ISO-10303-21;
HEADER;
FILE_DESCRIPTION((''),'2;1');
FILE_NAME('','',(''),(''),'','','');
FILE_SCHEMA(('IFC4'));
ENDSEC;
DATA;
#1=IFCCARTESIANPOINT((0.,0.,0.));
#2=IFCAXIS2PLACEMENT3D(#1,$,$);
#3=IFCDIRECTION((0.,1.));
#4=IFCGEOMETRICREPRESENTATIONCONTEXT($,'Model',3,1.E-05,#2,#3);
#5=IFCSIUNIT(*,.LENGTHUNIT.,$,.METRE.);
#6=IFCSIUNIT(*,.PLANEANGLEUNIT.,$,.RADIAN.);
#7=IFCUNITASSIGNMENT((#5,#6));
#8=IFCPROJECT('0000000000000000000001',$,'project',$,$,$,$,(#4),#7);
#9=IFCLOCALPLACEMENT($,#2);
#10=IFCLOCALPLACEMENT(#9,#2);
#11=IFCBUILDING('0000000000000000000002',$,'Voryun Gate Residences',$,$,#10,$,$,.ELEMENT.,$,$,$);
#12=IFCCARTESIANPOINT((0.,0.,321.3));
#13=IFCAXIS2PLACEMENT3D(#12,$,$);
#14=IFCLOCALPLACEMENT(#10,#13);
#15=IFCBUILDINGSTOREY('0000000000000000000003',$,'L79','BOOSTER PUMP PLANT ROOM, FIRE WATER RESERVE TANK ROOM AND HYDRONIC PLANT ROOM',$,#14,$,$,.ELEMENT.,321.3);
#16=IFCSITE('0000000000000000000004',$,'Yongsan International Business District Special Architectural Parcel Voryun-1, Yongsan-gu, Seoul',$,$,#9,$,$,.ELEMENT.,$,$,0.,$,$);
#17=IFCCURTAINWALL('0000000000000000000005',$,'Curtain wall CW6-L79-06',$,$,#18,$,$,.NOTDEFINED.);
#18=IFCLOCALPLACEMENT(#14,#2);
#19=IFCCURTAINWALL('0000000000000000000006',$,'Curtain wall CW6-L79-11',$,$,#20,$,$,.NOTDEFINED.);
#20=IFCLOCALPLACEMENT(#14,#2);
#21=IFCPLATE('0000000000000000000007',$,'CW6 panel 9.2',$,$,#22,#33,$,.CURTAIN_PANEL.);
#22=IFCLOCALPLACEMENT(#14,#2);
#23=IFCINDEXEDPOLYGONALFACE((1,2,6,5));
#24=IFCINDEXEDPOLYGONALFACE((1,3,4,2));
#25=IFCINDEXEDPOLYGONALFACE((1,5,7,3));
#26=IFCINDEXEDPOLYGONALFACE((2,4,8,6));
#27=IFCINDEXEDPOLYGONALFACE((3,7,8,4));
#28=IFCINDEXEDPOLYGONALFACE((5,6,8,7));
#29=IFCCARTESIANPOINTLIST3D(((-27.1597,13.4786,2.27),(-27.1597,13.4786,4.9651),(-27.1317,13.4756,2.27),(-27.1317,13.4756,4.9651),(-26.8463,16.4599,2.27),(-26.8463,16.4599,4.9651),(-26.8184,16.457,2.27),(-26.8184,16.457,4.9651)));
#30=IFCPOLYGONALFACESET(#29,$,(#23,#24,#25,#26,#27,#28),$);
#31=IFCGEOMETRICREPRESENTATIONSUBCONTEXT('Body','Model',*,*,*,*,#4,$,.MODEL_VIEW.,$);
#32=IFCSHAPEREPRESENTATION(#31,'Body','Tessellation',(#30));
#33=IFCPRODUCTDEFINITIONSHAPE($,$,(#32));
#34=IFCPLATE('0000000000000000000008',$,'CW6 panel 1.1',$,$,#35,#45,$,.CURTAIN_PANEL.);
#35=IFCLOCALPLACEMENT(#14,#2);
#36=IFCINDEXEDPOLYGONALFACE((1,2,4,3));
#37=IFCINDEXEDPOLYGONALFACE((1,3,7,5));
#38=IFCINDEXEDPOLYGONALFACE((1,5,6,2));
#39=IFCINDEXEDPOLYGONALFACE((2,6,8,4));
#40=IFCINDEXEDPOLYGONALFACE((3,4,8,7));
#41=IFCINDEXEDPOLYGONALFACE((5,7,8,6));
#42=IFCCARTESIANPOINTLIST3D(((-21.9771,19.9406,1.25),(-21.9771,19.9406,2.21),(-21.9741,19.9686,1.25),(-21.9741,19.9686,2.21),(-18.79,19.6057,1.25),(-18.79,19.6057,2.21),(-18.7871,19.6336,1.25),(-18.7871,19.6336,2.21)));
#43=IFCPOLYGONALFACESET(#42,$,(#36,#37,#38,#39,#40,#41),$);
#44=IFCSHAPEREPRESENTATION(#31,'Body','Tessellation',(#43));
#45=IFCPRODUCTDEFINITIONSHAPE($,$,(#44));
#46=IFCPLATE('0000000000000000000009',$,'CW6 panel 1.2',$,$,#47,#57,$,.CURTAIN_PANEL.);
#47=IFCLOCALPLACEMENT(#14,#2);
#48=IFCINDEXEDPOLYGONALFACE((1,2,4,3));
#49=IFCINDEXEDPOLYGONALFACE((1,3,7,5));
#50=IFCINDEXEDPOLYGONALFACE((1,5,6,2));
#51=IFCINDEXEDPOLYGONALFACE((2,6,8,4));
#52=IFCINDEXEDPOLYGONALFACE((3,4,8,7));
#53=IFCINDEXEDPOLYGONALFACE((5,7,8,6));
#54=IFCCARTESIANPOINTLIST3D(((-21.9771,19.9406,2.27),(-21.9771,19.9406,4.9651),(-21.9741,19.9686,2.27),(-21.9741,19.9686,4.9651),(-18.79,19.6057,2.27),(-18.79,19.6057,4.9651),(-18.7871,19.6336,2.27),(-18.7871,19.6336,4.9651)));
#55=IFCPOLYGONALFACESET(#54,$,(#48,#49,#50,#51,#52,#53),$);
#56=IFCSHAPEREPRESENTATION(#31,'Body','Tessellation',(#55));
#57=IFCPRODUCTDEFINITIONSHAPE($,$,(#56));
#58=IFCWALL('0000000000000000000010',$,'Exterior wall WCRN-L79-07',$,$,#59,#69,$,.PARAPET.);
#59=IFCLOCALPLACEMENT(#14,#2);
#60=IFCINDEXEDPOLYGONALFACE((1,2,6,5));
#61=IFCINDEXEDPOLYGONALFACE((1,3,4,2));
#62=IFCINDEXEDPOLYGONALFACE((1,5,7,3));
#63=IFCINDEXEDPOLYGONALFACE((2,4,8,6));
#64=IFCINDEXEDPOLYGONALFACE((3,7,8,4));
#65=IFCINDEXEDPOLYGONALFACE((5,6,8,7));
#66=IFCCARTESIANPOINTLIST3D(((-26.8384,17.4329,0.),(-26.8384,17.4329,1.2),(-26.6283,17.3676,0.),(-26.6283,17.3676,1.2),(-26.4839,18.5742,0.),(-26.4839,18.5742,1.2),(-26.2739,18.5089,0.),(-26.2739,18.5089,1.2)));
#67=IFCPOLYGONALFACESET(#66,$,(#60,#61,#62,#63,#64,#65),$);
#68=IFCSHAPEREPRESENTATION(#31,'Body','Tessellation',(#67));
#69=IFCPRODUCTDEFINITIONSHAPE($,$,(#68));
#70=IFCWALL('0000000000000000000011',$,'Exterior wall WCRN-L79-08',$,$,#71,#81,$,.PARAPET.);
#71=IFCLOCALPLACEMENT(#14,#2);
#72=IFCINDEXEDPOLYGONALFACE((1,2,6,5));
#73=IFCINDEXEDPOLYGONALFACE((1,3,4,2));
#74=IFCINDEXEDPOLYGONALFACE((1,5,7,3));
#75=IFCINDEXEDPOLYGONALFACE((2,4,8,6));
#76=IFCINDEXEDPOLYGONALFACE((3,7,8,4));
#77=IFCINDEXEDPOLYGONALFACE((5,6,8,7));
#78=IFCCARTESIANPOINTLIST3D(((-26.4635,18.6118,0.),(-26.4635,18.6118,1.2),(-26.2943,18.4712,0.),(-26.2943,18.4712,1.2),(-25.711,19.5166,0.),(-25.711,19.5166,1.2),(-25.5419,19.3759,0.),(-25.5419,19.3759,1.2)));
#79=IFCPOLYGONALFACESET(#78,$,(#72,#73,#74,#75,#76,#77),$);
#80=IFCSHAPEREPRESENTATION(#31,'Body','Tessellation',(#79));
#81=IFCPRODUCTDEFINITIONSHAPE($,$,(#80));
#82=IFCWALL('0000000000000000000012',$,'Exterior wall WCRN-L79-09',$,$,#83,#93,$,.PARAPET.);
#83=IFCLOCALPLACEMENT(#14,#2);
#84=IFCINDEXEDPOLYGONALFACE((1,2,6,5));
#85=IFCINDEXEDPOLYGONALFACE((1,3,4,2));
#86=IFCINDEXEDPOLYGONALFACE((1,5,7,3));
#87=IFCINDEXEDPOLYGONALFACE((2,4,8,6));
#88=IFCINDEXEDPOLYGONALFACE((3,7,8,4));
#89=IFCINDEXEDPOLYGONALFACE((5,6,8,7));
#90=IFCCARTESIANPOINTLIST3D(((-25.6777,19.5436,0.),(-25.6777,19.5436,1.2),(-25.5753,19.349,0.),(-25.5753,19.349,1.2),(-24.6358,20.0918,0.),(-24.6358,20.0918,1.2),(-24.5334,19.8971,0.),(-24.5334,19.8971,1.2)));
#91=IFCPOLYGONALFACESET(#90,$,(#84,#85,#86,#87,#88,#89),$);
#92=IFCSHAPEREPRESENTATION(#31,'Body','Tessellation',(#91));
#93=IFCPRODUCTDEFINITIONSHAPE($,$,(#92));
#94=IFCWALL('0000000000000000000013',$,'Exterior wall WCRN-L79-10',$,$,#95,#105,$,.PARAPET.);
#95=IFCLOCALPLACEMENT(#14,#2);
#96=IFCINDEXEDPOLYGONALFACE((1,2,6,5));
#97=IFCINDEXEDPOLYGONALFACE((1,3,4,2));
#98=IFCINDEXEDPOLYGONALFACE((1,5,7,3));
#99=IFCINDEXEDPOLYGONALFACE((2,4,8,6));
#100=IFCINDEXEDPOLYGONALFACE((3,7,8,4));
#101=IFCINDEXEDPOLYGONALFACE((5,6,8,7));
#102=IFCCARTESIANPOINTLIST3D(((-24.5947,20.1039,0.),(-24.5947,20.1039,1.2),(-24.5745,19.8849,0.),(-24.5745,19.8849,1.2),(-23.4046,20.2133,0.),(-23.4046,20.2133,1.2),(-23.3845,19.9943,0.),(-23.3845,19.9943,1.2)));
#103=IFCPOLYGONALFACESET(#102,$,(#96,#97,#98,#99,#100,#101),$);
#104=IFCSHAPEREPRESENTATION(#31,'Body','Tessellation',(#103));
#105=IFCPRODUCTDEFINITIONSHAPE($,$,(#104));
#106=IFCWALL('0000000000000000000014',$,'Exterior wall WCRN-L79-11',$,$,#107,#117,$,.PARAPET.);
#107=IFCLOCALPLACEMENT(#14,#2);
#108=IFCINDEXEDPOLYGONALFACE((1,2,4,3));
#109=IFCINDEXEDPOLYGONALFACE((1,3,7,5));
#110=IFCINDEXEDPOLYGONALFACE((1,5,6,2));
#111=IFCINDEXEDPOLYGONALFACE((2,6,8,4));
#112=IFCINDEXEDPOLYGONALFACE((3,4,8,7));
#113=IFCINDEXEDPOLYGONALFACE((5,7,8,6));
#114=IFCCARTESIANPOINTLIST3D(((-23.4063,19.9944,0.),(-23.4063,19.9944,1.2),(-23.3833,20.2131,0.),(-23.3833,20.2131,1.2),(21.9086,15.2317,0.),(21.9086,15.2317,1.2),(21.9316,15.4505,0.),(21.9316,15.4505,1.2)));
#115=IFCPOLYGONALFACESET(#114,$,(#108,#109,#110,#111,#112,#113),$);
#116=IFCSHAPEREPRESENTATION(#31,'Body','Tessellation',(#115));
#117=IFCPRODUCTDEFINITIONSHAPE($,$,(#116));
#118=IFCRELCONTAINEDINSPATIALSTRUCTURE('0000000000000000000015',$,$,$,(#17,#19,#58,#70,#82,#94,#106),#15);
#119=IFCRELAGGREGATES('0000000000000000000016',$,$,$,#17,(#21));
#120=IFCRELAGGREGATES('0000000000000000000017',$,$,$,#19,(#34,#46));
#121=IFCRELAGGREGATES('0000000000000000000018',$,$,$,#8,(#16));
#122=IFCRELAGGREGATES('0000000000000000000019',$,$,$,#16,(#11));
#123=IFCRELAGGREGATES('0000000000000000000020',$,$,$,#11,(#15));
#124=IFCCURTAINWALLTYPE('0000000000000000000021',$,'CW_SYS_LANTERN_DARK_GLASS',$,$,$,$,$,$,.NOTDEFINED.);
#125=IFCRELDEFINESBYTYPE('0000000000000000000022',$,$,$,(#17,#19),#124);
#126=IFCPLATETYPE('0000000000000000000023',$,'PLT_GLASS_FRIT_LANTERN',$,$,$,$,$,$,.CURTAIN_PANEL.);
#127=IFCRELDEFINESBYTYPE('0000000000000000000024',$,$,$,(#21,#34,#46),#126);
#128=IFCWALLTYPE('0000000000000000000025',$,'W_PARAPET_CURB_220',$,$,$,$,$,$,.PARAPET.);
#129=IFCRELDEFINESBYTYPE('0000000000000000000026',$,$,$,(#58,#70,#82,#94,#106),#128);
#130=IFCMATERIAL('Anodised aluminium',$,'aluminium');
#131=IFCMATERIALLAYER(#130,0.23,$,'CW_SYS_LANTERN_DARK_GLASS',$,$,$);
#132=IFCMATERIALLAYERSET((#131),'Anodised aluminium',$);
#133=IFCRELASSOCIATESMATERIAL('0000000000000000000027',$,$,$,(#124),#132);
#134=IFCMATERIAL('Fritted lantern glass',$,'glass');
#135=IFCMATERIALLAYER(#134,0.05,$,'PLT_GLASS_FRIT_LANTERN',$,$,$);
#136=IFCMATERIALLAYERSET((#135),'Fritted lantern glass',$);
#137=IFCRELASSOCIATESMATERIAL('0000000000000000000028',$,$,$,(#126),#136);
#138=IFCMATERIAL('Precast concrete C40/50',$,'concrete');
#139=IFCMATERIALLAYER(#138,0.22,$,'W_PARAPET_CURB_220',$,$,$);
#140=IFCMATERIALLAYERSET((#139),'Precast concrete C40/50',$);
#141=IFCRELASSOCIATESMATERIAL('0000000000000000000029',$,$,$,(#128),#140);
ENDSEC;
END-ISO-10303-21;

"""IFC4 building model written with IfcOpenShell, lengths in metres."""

from ifc_helpers import new_model, si_unit, direction, frame, frame_2d, origin, origin_2d, place, context, subcontext, project, spatial, rectangle, extrude, material, layer, layer_set, type_object, element, aggregate, save


model = new_model("IFC4")

# Units and contexts
model_context = context("Model", 3, precision=1e-05, world=origin(), true_north=direction((0.0, 1.0)))
body_context = subcontext(model_context, "Body", "Model", "MODEL_VIEW")
ifc_project = project(units=[si_unit("LENGTHUNIT", "METRE"), si_unit("PLANEANGLEUNIT", "RADIAN")], contexts=[model_context])

# Site, building, storey
site_placement = place(None, origin())
site = spatial("IfcSite", under=ifc_project, at=site_placement, Name="Yongsan International Business District Special Architectural Parcel Voryun-1, Yongsan-gu, Seoul", CompositionType="ELEMENT", RefElevation=0.0)
building_placement = place(site_placement, origin())
building = spatial("IfcBuilding", under=site, at=building_placement, Name="Voryun Gate Residences", CompositionType="ELEMENT")
storey_placement = place(building_placement, frame((0.0, 0.0, 321.3)))
storey = spatial("IfcBuildingStorey", under=building, at=storey_placement, Name="L79", Description="BOOSTER PUMP PLANT ROOM, FIRE WATER RESERVE TANK ROOM AND HYDRONIC PLANT ROOM", CompositionType="ELEMENT", Elevation=321.3)

# Curtain wall
ifc_material_1 = material(Name="Anodised aluminium", Category="aluminium")
ifc_layer_1 = layer(ifc_material_1, 0.23, Name="CW_SYS_LANTERN_DARK_GLASS")
ifc_layer_set_1 = layer_set([ifc_layer_1], Name="Anodised aluminium")
curtain_wall_type = type_object("IfcCurtainWallType", Name="CW_SYS_LANTERN_DARK_GLASS", PredefinedType="NOTDEFINED", material=ifc_layer_set_1)
curtain_wall_1_placement = place(storey_placement, origin())
curtain_wall_1 = element("IfcCurtainWall", 1, at=curtain_wall_1_placement, inside=storey, type_object=curtain_wall_type, Name="Curtain wall CW6-L79-06", PredefinedType="NOTDEFINED")

# Curtain wall
curtain_wall_2_placement = place(storey_placement, origin())
curtain_wall_2 = element("IfcCurtainWall", 2, at=curtain_wall_2_placement, inside=storey, type_object=curtain_wall_type, Name="Curtain wall CW6-L79-11", PredefinedType="NOTDEFINED")

# Plates
ifc_material_2 = material(Name="Fritted lantern glass", Category="glass")
ifc_layer_2 = layer(ifc_material_2, 0.05, Name="PLT_GLASS_FRIT_LANTERN")
ifc_layer_set_2 = layer_set([ifc_layer_2], Name="Fritted lantern glass")
plate_type_1 = type_object("IfcPlateType", Name="PLT_GLASS_FRIT_LANTERN", PredefinedType="CURTAIN_PANEL", material=ifc_layer_set_2)
plate_1_placement = place(storey_placement, frame((-26.989, 14.9678, 2.27), z_axis=(0.0, 0.0, 1.0), x_axis=(0.104528, 0.994522, 0.0)))
plate_1 = element("IfcPlate", 3, at=plate_1_placement, type_object=plate_type_1, Name="CW6 panel 9.2", PredefinedType="CURTAIN_PANEL", context=body_context, shape_type="SweptSolid", body=[
    extrude(rectangle(XDim=2.9978, YDim=0.0281, at=origin_2d()), origin(), (0.0, 0.0, 1.0), 2.6951),
])
aggregate(curtain_wall_1, [plate_1])
plate_2_placement = place(storey_placement, frame((-20.3821, 19.7871, 1.25), z_axis=(0.0, 0.0, 1.0), x_axis=(0.994522, -0.104528, 0.0)))
plate_2 = element("IfcPlate", 4, at=plate_2_placement, type_object=plate_type_1, Name="CW6 panel 1.1", PredefinedType="CURTAIN_PANEL", context=body_context, shape_type="SweptSolid", body=[
    extrude(rectangle(XDim=3.2046, YDim=0.0281, at=origin_2d()), origin(), (0.0, 0.0, 1.0), 0.96),
])
plate_3_placement = place(storey_placement, frame((-20.3821, 19.7871, 2.27), z_axis=(0.0, 0.0, 1.0), x_axis=(0.994522, -0.104528, 0.0)))
plate_3 = element("IfcPlate", 5, at=plate_3_placement, type_object=plate_type_1, Name="CW6 panel 1.2", PredefinedType="CURTAIN_PANEL", context=body_context, shape_type="SweptSolid", body=[
    extrude(rectangle(XDim=3.2046, YDim=0.0281, at=origin_2d()), origin(), (0.0, 0.0, 1.0), 2.6951),
])
aggregate(curtain_wall_2, [plate_2, plate_3])

# Walls
ifc_material_3 = material(Name="Precast concrete C40/50", Category="concrete")
ifc_layer_3 = layer(ifc_material_3, 0.22, Name="W_PARAPET_CURB_220")
ifc_layer_set_3 = layer_set([ifc_layer_3], Name="Precast concrete C40/50")
wall_type = type_object("IfcWallType", Name="W_PARAPET_CURB_220", PredefinedType="PARAPET", material=ifc_layer_set_3)
wall_1_placement = place(storey_placement, frame((-26.7334, 17.4001, 0.0), z_axis=(0.0, 0.0, 1.0), x_axis=(0.296611, 0.954998, 0.0)))
element("IfcWall", 6, at=wall_1_placement, inside=storey, type_object=wall_type, Name="Exterior wall WCRN-L79-07", PredefinedType="PARAPET", context=body_context, shape_type="SweptSolid", body=[
    extrude(rectangle(XDim=1.1951, YDim=0.22, at=frame_2d((0.5977, 0.0))), origin(), (0.0, 0.0, 1.0), 1.2),
])
wall_2_placement = place(storey_placement, frame((-26.3789, 18.5415, 0.0), z_axis=(0.0, 0.0, 1.0), x_axis=(0.639409, 0.768867, 0.0)))
element("IfcWall", 7, at=wall_2_placement, inside=storey, type_object=wall_type, Name="Exterior wall WCRN-L79-08", PredefinedType="PARAPET", context=body_context, shape_type="SweptSolid", body=[
    extrude(rectangle(XDim=1.1768, YDim=0.22, at=frame_2d((0.5884, 0.0))), origin(), (0.0, 0.0, 1.0), 1.2),
])
wall_3_placement = place(storey_placement, frame((-25.6265, 19.4463, 0.0), z_axis=(0.0, 0.0, 1.0), x_axis=(0.884986, 0.465618, 0.0)))
element("IfcWall", 8, at=wall_3_placement, inside=storey, type_object=wall_type, Name="Exterior wall WCRN-L79-09", PredefinedType="PARAPET", context=body_context, shape_type="SweptSolid", body=[
    extrude(rectangle(XDim=1.1772, YDim=0.22, at=frame_2d((0.5886, 0.0))), origin(), (0.0, 0.0, 1.0), 1.2),
])
wall_4_placement = place(storey_placement, frame((-24.5847, 19.9944, 0.0), z_axis=(0.0, 0.0, 1.0), x_axis=(0.995802, 0.09153, 0.0)))
element("IfcWall", 9, at=wall_4_placement, inside=storey, type_object=wall_type, Name="Exterior wall WCRN-L79-10", PredefinedType="PARAPET", context=body_context, shape_type="SweptSolid", body=[
    extrude(rectangle(XDim=1.1951, YDim=0.22, at=frame_2d((0.5977, 0.0))), origin(), (0.0, 0.0, 1.0), 1.2),
])
wall_5_placement = place(storey_placement, frame((-23.3948, 20.1038, 0.0), z_axis=(0.0, 0.0, 1.0), x_axis=(0.994522, -0.104526, 0.0)))
element("IfcWall", 10, at=wall_5_placement, inside=storey, type_object=wall_type, Name="Exterior wall WCRN-L79-11", PredefinedType="PARAPET", context=body_context, shape_type="SweptSolid", body=[
    extrude(rectangle(XDim=45.5645, YDim=0.22, at=frame_2d((22.7822, 0.0))), origin(), (0.0, 0.0, 1.0), 1.2),
])

save(model, "model.ifc")
